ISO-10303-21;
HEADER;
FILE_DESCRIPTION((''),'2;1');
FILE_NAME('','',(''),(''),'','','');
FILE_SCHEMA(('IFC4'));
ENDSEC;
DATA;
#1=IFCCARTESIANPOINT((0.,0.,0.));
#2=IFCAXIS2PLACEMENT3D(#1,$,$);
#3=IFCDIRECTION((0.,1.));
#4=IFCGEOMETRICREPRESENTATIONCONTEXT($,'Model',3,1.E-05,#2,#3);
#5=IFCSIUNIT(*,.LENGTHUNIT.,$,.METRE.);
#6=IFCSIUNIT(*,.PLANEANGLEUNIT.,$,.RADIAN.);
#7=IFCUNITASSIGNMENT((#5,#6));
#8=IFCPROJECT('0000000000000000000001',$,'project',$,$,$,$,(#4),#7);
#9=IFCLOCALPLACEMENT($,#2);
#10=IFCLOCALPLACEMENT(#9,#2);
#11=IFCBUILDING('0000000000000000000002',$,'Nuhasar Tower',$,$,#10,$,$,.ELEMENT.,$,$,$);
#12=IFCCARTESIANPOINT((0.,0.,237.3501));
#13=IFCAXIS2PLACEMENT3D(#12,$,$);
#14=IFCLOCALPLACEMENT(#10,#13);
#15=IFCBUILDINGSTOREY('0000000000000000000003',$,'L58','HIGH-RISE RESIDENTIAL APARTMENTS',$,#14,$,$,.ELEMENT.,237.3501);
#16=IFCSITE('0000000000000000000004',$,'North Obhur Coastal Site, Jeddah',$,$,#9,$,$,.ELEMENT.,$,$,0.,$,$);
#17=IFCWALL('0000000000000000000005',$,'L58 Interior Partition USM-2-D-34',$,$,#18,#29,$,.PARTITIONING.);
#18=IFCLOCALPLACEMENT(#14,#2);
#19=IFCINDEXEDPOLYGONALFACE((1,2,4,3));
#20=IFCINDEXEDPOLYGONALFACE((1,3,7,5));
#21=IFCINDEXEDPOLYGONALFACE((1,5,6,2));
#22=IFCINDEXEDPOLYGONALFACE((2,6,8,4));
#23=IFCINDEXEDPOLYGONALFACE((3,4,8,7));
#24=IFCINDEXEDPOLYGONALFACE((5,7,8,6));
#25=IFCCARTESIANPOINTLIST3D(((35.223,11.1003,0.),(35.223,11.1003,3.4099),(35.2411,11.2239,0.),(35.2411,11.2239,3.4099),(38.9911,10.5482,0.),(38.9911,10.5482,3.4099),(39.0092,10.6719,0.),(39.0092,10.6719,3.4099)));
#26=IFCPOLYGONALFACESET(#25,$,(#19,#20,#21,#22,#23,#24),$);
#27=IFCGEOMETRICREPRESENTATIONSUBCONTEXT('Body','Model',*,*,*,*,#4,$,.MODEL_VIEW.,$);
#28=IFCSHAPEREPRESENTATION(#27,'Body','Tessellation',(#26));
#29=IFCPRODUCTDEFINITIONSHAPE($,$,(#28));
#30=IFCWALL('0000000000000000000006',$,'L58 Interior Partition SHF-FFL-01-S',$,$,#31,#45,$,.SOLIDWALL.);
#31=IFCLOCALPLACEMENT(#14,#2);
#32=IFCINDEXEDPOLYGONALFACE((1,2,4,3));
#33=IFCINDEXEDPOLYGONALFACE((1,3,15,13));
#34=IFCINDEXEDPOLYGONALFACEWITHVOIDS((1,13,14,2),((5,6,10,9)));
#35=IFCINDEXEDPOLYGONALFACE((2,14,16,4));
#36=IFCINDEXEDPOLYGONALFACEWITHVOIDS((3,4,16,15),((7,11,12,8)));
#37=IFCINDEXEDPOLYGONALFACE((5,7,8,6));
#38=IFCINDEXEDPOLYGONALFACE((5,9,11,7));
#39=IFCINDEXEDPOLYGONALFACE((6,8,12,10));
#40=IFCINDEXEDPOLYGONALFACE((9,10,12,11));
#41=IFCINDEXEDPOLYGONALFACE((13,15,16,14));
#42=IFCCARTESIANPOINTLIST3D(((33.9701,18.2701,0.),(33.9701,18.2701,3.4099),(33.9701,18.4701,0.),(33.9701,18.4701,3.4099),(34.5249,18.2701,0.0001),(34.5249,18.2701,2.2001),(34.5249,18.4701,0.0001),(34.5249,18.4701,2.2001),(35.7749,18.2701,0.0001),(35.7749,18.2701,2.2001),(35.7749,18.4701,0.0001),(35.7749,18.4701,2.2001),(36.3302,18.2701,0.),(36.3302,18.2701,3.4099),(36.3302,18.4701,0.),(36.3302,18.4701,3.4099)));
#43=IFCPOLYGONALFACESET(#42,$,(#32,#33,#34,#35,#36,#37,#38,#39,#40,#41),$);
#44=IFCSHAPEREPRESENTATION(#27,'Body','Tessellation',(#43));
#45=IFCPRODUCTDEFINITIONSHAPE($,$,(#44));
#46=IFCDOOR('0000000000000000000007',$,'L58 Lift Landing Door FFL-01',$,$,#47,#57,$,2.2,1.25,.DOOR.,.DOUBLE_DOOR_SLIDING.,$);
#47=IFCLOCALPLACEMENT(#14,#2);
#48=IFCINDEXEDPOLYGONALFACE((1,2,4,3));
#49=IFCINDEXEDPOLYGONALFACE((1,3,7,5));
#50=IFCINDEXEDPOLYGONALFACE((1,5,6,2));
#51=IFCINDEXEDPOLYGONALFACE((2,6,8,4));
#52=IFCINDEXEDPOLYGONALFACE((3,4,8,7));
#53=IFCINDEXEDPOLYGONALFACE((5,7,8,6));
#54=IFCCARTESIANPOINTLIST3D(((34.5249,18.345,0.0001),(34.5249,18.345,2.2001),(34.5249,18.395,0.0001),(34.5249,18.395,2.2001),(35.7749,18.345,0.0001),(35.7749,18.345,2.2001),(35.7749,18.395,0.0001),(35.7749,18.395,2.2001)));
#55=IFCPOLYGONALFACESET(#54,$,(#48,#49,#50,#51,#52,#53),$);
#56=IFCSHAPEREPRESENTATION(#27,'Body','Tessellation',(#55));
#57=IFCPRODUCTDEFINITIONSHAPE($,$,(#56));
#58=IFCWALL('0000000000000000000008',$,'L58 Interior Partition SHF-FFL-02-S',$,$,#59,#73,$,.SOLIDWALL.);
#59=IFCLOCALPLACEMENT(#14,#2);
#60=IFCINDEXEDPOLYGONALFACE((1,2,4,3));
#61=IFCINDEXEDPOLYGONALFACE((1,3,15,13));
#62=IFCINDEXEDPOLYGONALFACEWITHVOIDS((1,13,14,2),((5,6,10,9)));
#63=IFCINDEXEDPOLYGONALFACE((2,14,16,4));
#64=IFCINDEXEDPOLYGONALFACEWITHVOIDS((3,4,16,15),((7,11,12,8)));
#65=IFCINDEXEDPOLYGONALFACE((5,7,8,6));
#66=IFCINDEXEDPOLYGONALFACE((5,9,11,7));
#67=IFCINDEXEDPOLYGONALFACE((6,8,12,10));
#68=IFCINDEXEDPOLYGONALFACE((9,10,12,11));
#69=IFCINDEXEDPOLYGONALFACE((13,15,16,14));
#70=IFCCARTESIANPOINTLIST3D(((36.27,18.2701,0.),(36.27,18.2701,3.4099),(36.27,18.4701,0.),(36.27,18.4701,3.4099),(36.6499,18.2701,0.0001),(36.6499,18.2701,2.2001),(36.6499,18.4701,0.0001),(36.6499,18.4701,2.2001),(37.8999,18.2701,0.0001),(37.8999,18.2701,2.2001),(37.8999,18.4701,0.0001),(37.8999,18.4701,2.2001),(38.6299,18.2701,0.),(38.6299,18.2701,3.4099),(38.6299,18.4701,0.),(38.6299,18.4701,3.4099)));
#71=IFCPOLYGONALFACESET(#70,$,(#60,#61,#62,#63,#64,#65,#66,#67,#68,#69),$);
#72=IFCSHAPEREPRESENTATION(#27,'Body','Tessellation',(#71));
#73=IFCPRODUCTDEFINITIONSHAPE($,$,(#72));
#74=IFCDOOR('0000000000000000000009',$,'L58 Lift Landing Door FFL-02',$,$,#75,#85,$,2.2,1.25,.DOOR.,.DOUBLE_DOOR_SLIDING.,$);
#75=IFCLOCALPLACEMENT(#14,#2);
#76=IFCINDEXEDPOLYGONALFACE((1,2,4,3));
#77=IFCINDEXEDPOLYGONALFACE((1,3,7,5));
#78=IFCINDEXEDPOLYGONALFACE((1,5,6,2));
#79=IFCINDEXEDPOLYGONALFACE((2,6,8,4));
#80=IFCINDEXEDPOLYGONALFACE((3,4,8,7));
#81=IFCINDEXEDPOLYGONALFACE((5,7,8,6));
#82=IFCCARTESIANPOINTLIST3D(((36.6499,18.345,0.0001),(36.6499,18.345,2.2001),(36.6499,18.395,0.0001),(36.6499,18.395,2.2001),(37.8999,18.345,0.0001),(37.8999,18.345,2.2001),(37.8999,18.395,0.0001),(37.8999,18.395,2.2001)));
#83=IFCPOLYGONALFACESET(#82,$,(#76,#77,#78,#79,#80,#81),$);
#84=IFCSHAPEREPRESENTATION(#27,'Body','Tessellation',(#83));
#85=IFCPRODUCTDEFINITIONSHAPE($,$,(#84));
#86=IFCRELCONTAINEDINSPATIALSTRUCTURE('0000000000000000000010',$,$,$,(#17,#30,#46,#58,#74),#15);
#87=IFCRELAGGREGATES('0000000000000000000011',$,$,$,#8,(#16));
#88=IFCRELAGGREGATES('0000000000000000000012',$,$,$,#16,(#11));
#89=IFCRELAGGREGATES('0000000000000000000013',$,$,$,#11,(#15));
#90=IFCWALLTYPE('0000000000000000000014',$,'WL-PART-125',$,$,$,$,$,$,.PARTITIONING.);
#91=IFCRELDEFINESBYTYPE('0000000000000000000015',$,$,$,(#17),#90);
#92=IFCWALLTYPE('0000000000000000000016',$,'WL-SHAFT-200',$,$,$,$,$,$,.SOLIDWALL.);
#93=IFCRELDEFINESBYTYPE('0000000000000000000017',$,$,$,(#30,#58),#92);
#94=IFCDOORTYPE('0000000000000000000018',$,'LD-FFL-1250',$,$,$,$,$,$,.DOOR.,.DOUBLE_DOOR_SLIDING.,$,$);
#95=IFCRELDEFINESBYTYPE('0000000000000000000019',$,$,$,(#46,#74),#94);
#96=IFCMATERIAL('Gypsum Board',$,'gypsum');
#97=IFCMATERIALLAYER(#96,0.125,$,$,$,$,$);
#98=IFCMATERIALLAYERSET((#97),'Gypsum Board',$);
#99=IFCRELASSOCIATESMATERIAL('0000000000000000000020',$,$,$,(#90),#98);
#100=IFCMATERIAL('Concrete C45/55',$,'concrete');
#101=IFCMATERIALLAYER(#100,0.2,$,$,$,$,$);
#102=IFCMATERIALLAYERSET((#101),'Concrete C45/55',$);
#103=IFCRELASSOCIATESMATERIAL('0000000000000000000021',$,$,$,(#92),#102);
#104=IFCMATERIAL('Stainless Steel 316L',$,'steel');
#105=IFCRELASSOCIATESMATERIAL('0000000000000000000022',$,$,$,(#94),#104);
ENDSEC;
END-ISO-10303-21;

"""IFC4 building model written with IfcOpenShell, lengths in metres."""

from ifc_helpers import new_model, si_unit, direction, frame, frame_2d, origin, place, context, subcontext, project, spatial, rectangle, extrude, material, layer, layer_set, type_object, element, fill, save


model = new_model("IFC4")

# Units and contexts
model_context = context("Model", 3, precision=1e-05, world=origin(), true_north=direction((0.0, 1.0)))
body_context = subcontext(model_context, "Body", "Model", "MODEL_VIEW")
ifc_project = project(units=[si_unit("LENGTHUNIT", "METRE"), si_unit("PLANEANGLEUNIT", "RADIAN")], contexts=[model_context])

# Site, building, storey
site_placement = place(None, origin())
site = spatial("IfcSite", under=ifc_project, at=site_placement, Name="North Obhur Coastal Site, Jeddah", CompositionType="ELEMENT", RefElevation=0.0)
building_placement = place(site_placement, origin())
building = spatial("IfcBuilding", under=site, at=building_placement, Name="Nuhasar Tower", CompositionType="ELEMENT")
storey_placement = place(building_placement, frame((0.0, 0.0, 237.3501)))
storey = spatial("IfcBuildingStorey", under=building, at=storey_placement, Name="L58", Description="HIGH-RISE RESIDENTIAL APARTMENTS", CompositionType="ELEMENT", Elevation=237.3501)

# Shared definitions
ifc_material_1 = material(Name="Gypsum Board", Category="gypsum")
ifc_material_2 = material(Name="Concrete C45/55", Category="concrete")

# Shared definitions
ifc_layer_1 = layer(ifc_material_1, 0.125)
ifc_layer_set_1 = layer_set([ifc_layer_1], Name="Gypsum Board")
wall_type_1 = type_object("IfcWallType", Name="WL-PART-125", PredefinedType="PARTITIONING", material=ifc_layer_set_1)

# Wall
wall_1_placement = place(storey_placement, frame((35.2319, 11.1621, 0.0), z_axis=(0.0, 0.0, 1.0), x_axis=(0.989439, -0.144948, 0.0)))
element("IfcWall", 1, at=wall_1_placement, inside=storey, type_object=wall_type_1, Name="L58 Interior Partition USM-2-D-34", PredefinedType="PARTITIONING", context=body_context, shape_type="SweptSolid", body=[
    extrude(rectangle(XDim=3.8083, YDim=0.125, at=frame_2d((1.9043, 0.0))), origin(), (0.0, 0.0, 1.0), 3.4099),
])

# Walls, openings, doors
ifc_layer_2 = layer(ifc_material_2, 0.2)
ifc_layer_set_2 = layer_set([ifc_layer_2], Name="Concrete C45/55")
wall_type_2 = type_object("IfcWallType", Name="WL-SHAFT-200", PredefinedType="SOLIDWALL", material=ifc_layer_set_2)
wall_2_placement = place(storey_placement, frame((33.97, 18.3701, 0.0), z_axis=(0.0, 0.0, 1.0), x_axis=(1.0, 0.0, 0.0)))
wall_2 = element("IfcWall", 2, at=wall_2_placement, inside=storey, type_object=wall_type_2, Name="L58 Interior Partition SHF-FFL-01-S", PredefinedType="SOLIDWALL", context=body_context, shape_type="SweptSolid", body=[
    extrude(rectangle(XDim=2.3601, YDim=0.2, at=frame_2d((1.1802, 0.0))), origin(), (0.0, 0.0, 1.0), 3.4099),
])
opening_1_placement = place(wall_2_placement, frame((0.5549, 0.0, 0.0)))
opening_1 = element("IfcOpeningElement", 3, at=opening_1_placement, cuts=wall_2, PredefinedType="OPENING", context=body_context, shape_type="SweptSolid", body=[
    extrude(rectangle(XDim=1.25, YDim=2.2, at=frame_2d((0.625, 1.1001))), frame((0.0, 0.1099, 0.0), z_axis=(0.0, -1.0, 0.0), x_axis=(1.0, 0.0, 0.0)), (0.0, 0.0, 1.0), 0.22),
])
ifc_material_3 = material(Name="Stainless Steel 316L", Category="steel")
door_type_1 = type_object("IfcDoorType", Name="LD-FFL-1250", OperationType="DOUBLE_DOOR_SLIDING", PredefinedType="DOOR", material=ifc_material_3)
door_1_placement = place(opening_1_placement, origin())
door_1 = element("IfcDoor", 4, at=door_1_placement, inside=storey, type_object=door_type_1, Name="L58 Lift Landing Door FFL-01", OperationType="DOUBLE_DOOR_SLIDING", OverallHeight=2.2, OverallWidth=1.25, PredefinedType="DOOR", context=body_context, shape_type="SweptSolid", body=[
    extrude(rectangle(XDim=1.25, YDim=2.2, at=frame_2d((0.625, 1.1001))), frame((0.0, 0.0249, 0.0), z_axis=(0.0, -1.0, 0.0), x_axis=(1.0, 0.0, 0.0)), (0.0, 0.0, 1.0), 0.05),
])
fill(opening_1, door_1)
wall_3_placement = place(storey_placement, frame((36.27, 18.3701, 0.0), z_axis=(0.0, 0.0, 1.0), x_axis=(1.0, 0.0, 0.0)))
wall_3 = element("IfcWall", 5, at=wall_3_placement, inside=storey, type_object=wall_type_2, Name="L58 Interior Partition SHF-FFL-02-S", PredefinedType="SOLIDWALL", context=body_context, shape_type="SweptSolid", body=[
    extrude(rectangle(XDim=2.3599, YDim=0.2, at=frame_2d((1.1799, 0.0))), origin(), (0.0, 0.0, 1.0), 3.4099),
])
opening_2_placement = place(wall_3_placement, frame((0.3799, 0.0, 0.0)))
opening_2 = element("IfcOpeningElement", 6, at=opening_2_placement, cuts=wall_3, PredefinedType="OPENING", context=body_context, shape_type="SweptSolid", body=[
    extrude(rectangle(XDim=1.25, YDim=2.2, at=frame_2d((0.625, 1.1001))), frame((0.0, 0.1099, 0.0), z_axis=(0.0, -1.0, 0.0), x_axis=(1.0, 0.0, 0.0)), (0.0, 0.0, 1.0), 0.22),
])
door_2_placement = place(opening_2_placement, origin())
door_2 = element("IfcDoor", 7, at=door_2_placement, inside=storey, type_object=door_type_1, Name="L58 Lift Landing Door FFL-02", OperationType="DOUBLE_DOOR_SLIDING", OverallHeight=2.2, OverallWidth=1.25, PredefinedType="DOOR", context=body_context, shape_type="SweptSolid", body=[
    extrude(rectangle(XDim=1.25, YDim=2.2, at=frame_2d((0.625, 1.1001))), frame((0.0, 0.0249, 0.0), z_axis=(0.0, -1.0, 0.0), x_axis=(1.0, 0.0, 0.0)), (0.0, 0.0, 1.0), 0.05),
])
fill(opening_2, door_2)

save(model, "model.ifc")
